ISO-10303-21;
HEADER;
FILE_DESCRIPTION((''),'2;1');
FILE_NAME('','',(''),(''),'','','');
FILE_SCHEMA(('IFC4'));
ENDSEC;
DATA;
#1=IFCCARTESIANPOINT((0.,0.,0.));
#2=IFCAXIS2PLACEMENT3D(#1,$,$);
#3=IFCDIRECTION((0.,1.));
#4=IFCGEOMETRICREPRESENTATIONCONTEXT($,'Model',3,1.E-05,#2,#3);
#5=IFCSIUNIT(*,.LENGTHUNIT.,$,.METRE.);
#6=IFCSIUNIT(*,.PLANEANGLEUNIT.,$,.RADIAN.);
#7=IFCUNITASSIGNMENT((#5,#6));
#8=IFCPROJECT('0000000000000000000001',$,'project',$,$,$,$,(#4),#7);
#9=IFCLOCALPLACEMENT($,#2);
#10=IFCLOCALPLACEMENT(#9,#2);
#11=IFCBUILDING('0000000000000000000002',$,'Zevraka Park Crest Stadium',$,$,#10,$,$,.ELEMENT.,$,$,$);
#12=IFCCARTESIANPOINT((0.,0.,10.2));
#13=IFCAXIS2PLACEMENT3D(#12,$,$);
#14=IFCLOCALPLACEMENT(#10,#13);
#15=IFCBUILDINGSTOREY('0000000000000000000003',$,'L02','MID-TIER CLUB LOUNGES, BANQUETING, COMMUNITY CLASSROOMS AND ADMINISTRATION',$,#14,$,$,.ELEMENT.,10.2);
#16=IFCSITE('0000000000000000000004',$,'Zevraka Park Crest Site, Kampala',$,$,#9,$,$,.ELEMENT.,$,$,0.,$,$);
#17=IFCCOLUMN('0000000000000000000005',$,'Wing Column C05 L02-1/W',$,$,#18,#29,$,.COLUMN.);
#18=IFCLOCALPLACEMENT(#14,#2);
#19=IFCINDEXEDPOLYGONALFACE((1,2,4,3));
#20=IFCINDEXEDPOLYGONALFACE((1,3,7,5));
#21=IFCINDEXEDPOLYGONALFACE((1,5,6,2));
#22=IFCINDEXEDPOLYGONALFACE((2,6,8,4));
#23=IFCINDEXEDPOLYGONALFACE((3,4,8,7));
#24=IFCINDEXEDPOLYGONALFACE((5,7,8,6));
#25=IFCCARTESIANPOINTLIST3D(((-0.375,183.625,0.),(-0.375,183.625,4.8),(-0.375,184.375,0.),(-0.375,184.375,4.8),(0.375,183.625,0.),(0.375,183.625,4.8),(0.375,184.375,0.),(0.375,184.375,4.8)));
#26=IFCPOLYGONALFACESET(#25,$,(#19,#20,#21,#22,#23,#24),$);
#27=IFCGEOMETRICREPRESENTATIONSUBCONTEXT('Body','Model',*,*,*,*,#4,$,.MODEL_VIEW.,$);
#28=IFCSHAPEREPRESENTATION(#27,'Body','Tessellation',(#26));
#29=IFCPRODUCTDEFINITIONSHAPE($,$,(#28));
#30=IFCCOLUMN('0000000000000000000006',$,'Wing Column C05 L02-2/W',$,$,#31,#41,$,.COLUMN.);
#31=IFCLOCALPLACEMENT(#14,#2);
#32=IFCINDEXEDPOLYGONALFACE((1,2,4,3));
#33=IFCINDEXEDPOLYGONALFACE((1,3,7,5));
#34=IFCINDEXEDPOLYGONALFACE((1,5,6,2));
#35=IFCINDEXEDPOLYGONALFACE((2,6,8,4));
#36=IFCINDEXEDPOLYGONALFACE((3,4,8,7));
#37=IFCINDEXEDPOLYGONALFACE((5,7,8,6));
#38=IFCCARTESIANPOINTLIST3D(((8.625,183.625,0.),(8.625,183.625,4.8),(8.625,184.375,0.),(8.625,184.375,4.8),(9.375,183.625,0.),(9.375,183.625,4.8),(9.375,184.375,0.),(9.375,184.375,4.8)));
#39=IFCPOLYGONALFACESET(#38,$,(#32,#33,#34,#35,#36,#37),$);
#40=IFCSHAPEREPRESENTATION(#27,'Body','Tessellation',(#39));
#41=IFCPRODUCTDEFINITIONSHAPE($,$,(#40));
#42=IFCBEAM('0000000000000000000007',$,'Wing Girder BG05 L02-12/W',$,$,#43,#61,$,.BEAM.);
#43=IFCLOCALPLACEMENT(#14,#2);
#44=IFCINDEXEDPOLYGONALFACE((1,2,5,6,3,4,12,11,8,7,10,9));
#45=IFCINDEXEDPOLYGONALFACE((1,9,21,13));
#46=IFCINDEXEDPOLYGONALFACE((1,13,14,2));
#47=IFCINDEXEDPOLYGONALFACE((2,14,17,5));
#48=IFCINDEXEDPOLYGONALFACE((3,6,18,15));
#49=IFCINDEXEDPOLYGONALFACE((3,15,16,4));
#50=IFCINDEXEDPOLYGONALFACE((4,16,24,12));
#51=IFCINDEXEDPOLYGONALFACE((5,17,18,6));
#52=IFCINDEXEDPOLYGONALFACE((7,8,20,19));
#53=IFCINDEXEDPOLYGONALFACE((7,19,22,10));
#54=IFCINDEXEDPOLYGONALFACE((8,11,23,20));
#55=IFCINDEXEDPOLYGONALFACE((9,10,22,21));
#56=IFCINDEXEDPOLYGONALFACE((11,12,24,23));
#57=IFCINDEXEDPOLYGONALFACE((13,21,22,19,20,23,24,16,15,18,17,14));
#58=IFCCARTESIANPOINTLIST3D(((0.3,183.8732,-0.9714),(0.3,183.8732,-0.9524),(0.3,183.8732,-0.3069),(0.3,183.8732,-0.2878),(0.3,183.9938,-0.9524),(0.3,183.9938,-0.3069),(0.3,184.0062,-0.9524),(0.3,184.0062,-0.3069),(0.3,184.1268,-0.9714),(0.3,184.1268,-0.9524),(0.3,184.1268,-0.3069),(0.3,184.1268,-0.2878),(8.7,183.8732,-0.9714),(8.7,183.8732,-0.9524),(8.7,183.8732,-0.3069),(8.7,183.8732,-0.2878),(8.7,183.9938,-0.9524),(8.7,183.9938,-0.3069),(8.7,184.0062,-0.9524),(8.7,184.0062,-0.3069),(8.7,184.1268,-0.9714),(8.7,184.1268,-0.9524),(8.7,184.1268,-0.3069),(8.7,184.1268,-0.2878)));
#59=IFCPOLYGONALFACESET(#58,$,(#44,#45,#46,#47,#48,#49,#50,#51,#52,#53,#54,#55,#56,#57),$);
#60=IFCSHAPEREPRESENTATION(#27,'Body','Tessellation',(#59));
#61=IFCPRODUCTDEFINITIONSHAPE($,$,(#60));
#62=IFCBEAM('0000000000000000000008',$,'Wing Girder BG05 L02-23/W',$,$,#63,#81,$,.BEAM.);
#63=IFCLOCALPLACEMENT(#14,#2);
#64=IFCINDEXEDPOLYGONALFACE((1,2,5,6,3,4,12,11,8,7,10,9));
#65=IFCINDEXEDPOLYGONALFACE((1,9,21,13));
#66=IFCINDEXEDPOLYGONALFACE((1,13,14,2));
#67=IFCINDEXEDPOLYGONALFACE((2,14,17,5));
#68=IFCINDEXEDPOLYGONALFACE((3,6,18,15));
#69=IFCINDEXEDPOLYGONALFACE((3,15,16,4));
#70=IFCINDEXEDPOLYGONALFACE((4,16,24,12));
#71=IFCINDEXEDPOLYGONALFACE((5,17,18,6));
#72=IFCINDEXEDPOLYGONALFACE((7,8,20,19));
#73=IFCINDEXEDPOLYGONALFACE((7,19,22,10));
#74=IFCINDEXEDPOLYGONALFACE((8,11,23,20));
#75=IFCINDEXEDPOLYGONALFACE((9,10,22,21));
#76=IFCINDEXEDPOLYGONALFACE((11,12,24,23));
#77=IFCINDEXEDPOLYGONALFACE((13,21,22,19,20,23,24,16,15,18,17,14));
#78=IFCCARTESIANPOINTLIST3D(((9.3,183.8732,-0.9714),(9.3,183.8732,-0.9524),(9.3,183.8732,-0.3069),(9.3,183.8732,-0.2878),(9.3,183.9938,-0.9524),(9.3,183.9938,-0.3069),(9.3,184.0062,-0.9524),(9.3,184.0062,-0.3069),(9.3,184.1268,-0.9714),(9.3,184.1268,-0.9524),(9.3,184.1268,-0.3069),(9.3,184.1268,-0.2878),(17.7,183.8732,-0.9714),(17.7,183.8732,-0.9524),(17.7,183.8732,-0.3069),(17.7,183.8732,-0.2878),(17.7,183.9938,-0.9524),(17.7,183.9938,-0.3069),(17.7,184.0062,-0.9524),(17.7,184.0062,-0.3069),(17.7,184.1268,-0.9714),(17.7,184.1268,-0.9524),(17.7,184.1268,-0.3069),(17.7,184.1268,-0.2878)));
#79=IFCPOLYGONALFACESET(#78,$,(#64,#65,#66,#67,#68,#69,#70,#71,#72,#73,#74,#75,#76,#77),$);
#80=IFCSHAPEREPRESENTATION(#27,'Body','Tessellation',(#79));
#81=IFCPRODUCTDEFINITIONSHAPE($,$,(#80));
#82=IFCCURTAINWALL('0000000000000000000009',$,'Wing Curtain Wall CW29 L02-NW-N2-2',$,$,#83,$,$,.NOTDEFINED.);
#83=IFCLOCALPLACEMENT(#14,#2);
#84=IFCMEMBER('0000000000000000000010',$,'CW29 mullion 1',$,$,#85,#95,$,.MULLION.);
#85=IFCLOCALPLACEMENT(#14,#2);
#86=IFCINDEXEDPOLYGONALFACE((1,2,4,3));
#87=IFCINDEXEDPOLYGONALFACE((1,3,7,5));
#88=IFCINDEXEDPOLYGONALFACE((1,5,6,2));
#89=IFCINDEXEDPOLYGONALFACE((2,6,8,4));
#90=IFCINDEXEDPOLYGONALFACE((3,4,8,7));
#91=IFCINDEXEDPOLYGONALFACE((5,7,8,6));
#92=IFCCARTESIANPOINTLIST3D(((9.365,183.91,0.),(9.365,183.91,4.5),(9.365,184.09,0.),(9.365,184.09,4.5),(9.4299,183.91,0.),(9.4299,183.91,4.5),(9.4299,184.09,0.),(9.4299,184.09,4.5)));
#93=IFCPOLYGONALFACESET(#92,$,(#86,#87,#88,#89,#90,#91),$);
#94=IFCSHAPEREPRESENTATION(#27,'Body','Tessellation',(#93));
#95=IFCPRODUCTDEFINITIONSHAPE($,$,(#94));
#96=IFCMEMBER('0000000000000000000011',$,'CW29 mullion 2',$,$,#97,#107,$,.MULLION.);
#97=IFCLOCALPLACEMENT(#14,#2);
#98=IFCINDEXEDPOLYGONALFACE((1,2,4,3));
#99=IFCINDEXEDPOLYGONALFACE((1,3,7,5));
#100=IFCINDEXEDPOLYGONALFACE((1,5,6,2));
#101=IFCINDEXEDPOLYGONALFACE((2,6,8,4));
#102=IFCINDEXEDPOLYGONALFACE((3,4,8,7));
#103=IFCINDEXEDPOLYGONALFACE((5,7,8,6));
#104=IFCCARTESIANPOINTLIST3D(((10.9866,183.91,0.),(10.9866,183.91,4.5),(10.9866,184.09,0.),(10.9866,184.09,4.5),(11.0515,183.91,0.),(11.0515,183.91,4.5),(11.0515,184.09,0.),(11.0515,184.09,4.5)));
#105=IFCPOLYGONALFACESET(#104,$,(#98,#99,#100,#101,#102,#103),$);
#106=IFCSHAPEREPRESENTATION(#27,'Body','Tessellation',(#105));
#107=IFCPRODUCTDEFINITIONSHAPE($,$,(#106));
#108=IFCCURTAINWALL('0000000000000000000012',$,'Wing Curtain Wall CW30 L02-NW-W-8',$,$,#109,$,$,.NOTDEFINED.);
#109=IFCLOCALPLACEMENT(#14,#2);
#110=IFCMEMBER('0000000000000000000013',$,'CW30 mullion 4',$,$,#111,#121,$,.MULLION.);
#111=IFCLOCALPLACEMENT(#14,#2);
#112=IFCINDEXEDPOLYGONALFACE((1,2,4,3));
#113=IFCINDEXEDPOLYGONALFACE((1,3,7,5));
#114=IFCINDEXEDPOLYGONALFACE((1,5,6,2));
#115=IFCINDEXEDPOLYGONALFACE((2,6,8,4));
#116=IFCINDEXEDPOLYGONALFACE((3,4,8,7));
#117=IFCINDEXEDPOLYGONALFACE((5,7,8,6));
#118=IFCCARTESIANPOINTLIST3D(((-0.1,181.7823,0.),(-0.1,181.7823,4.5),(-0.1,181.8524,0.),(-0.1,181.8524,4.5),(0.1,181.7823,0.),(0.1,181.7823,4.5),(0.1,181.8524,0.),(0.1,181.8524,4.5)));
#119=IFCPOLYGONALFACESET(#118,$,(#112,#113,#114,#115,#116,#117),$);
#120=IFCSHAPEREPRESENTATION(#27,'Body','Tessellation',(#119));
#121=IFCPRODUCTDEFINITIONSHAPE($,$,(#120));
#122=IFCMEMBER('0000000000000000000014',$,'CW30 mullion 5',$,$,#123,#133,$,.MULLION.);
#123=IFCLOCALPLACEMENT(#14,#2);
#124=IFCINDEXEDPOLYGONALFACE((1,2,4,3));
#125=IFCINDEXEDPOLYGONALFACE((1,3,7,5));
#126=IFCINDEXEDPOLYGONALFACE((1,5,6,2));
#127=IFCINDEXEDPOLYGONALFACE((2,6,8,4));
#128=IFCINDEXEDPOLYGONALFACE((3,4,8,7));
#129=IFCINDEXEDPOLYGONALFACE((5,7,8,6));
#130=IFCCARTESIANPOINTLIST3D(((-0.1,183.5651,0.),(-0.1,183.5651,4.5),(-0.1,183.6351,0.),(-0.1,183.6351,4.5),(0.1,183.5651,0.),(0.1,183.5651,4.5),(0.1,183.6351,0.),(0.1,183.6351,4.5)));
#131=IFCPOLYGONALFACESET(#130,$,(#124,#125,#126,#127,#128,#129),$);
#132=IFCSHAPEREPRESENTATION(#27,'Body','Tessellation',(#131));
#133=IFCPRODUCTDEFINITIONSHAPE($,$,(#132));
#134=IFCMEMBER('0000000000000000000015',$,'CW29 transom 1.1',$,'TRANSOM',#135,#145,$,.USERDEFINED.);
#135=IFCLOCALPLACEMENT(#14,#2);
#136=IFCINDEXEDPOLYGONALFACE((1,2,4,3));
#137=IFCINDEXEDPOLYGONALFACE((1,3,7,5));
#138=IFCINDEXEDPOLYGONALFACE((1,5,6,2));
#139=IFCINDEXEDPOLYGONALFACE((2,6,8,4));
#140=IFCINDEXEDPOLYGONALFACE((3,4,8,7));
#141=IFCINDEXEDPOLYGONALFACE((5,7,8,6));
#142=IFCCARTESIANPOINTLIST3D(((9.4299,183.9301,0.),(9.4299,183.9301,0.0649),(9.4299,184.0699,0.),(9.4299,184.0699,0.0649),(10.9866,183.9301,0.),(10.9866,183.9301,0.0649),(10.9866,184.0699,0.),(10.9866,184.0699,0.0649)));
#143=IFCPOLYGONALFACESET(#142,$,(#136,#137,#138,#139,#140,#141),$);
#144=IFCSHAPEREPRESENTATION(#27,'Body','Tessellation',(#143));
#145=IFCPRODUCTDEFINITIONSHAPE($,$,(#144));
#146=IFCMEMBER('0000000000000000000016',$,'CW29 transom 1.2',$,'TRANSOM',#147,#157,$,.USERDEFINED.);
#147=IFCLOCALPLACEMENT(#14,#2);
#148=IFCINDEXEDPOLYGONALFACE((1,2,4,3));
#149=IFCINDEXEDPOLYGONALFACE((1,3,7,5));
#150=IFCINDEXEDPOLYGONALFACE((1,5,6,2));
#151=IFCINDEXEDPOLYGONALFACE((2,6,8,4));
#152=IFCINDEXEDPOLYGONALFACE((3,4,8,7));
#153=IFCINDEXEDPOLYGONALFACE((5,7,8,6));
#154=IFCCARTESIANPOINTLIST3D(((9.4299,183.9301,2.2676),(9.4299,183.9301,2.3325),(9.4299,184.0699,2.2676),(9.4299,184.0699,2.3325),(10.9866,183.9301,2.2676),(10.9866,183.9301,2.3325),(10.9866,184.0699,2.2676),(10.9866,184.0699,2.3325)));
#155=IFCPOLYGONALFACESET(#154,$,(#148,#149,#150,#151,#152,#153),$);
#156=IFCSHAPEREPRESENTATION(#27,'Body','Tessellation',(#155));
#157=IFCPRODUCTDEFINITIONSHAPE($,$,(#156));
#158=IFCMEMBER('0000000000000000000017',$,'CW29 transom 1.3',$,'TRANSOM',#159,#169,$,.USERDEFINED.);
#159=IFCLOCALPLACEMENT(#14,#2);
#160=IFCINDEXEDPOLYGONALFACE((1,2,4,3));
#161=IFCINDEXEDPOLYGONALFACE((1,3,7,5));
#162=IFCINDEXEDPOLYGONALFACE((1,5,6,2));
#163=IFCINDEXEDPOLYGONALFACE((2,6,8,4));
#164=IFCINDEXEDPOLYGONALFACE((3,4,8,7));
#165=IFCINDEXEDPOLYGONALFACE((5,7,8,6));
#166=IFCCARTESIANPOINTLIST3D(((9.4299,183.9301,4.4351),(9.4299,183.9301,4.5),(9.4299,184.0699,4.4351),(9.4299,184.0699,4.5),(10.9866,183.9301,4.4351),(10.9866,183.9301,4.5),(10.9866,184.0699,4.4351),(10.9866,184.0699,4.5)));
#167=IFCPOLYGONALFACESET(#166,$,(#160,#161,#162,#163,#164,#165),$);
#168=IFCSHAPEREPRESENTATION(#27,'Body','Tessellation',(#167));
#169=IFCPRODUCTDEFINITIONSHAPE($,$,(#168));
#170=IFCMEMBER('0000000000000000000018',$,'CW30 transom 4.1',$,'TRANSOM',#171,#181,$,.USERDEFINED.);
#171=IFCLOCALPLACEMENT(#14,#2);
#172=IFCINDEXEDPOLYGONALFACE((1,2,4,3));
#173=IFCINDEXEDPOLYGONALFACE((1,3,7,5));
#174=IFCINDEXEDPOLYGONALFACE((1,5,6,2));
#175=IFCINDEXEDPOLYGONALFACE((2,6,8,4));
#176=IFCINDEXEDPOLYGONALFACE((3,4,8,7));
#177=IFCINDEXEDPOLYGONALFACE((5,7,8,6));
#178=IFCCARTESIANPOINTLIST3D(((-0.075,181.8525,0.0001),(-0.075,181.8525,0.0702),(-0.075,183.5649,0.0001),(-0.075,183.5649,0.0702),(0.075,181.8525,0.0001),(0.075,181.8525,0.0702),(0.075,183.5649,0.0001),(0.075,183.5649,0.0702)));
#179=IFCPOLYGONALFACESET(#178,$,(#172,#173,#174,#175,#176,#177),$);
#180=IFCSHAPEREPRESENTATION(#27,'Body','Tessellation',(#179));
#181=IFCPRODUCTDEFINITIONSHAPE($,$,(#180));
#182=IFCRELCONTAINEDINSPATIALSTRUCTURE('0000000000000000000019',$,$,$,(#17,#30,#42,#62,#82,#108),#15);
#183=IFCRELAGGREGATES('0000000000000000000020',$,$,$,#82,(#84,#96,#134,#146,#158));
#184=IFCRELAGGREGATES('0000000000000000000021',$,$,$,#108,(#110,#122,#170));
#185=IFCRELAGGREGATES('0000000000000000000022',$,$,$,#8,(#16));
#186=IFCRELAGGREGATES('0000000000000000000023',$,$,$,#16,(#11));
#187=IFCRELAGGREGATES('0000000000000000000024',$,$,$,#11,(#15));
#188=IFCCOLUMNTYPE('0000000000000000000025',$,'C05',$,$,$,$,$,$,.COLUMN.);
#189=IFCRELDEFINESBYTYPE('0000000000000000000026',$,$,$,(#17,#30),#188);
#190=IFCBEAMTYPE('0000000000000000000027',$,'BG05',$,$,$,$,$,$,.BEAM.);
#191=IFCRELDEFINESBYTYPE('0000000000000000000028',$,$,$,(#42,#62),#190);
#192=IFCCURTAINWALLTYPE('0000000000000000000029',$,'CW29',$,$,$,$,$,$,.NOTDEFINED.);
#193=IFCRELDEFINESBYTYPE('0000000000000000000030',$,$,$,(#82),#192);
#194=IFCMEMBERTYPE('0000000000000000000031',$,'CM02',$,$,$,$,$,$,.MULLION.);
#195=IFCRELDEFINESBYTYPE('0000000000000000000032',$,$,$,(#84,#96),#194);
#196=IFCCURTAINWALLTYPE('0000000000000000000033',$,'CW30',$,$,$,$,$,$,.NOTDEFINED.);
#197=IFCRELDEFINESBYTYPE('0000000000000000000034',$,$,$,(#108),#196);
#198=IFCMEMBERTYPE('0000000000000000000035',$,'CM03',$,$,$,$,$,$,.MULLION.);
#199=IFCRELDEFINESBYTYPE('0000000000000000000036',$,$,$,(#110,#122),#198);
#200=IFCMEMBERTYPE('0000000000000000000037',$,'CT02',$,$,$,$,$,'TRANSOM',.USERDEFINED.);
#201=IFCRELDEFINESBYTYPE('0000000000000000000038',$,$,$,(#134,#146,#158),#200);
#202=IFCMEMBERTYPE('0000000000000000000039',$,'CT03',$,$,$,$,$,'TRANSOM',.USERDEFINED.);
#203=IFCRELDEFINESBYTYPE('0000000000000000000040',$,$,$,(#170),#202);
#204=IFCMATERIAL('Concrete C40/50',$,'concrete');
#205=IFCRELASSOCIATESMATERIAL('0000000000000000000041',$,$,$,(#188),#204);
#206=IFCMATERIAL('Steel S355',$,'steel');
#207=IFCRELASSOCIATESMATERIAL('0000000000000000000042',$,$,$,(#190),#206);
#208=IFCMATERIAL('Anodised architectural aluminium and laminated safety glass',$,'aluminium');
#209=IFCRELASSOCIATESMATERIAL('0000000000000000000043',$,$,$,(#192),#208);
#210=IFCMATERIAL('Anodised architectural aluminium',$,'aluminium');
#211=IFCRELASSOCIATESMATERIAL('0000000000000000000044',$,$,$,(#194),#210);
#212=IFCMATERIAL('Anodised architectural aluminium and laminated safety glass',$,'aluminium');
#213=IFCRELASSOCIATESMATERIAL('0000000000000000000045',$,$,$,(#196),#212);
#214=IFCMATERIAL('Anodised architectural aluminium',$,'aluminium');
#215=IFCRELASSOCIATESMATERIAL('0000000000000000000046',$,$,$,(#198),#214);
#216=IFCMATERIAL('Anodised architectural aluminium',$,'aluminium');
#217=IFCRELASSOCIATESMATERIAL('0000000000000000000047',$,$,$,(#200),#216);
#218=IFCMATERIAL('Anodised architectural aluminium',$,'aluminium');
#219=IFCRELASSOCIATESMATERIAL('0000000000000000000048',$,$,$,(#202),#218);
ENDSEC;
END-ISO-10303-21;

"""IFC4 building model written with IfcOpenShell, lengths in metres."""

from ifc_helpers import new_model, si_unit, direction, frame, origin, origin_2d, place, context, subcontext, project, spatial, rectangle, i_section, extrude, material, material_profile, profile_set, type_object, element, aggregate, save


model = new_model("IFC4")

# Units and contexts
model_context = context("Model", 3, precision=1e-05, world=origin(), true_north=direction((0.0, 1.0)))
body_context = subcontext(model_context, "Body", "Model", "MODEL_VIEW")
ifc_project = project(units=[si_unit("LENGTHUNIT", "METRE"), si_unit("PLANEANGLEUNIT", "RADIAN")], contexts=[model_context])

# Site, building, storey
site_placement = place(None, origin())
site = spatial("IfcSite", under=ifc_project, at=site_placement, Name="Zevraka Park Crest Site, Kampala", CompositionType="ELEMENT", RefElevation=0.0)
building_placement = place(site_placement, origin())
building = spatial("IfcBuilding", under=site, at=building_placement, Name="Zevraka Park Crest Stadium", CompositionType="ELEMENT")
storey_placement = place(building_placement, frame((0.0, 0.0, 10.2)))
storey = spatial("IfcBuildingStorey", under=building, at=storey_placement, Name="L02", Description="MID-TIER CLUB LOUNGES, BANQUETING, COMMUNITY CLASSROOMS AND ADMINISTRATION", CompositionType="ELEMENT", Elevation=10.2)

# Columns
ifc_material_1 = material(Name="Concrete C40/50", Category="concrete")
ifc_material_profile_1 = material_profile(ifc_material_1, rectangle(XDim=0.75, YDim=0.75, at=origin_2d()), Name="RC 750x750")
ifc_profile_set_1 = profile_set([ifc_material_profile_1], Name="Concrete C40/50")
column_type = type_object("IfcColumnType", Name="C05", PredefinedType="COLUMN", material=ifc_profile_set_1)
for number, where, z_axis, x_axis, name in (
    (1, (0.0, 184.0, 0.0), (0.0, 0.0, 1.0), (1.0, 0.0, 0.0), "Wing Column C05 L02-1/W"),
    (2, (9.0, 184.0, 0.0), (0.0, 0.0, 1.0), (1.0, 0.0, 0.0), "Wing Column C05 L02-2/W"),
):
    element("IfcColumn", number, at=place(storey_placement, frame(where, z_axis=z_axis, x_axis=x_axis)), inside=storey, type_object=column_type, Name=name, PredefinedType="COLUMN", context=body_context, shape_type="SweptSolid", body=[
        extrude(rectangle(XDim=0.75, YDim=0.75, at=origin_2d()), origin(), (0.0, 0.0, 1.0), 4.8),
    ])

# Beams
ifc_material_2 = material(Name="Steel S355", Category="steel")
ifc_material_profile_2 = material_profile(ifc_material_2, i_section(OverallWidth=0.2537, OverallDepth=0.6836, WebThickness=0.0125, FlangeThickness=0.019, at=origin_2d()), Name="UKB 686x254x140")
ifc_profile_set_2 = profile_set([ifc_material_profile_2], Name="Steel S355")
beam_type = type_object("IfcBeamType", Name="BG05", PredefinedType="BEAM", material=ifc_profile_set_2)
for number, where, z_axis, x_axis, name in (
    (3, (0.3, 184.0, -0.6296), (1.0, 0.0, 0.0), (0.0, 1.0, 0.0), "Wing Girder BG05 L02-12/W"),
    (4, (9.3, 184.0, -0.6296), (1.0, 0.0, 0.0), (0.0, 1.0, 0.0), "Wing Girder BG05 L02-23/W"),
):
    element("IfcBeam", number, at=place(storey_placement, frame(where, z_axis=z_axis, x_axis=x_axis)), inside=storey, type_object=beam_type, Name=name, PredefinedType="BEAM", context=body_context, shape_type="SweptSolid", body=[
        extrude(i_section(OverallWidth=0.2537, OverallDepth=0.6836, WebThickness=0.0125, FlangeThickness=0.019, at=origin_2d()), origin(), (0.0, 0.0, 1.0), 8.3999),
    ])

# Curtain walls, members
ifc_material_3 = material(Name="Anodised architectural aluminium and laminated safety glass", Category="aluminium")
curtain_wall_type_1 = type_object("IfcCurtainWallType", Name="CW29", PredefinedType="NOTDEFINED", material=ifc_material_3)
curtain_wall_1_placement = place(storey_placement, origin())
curtain_wall_1 = element("IfcCurtainWall", 5, at=curtain_wall_1_placement, inside=storey, type_object=curtain_wall_type_1, Name="Wing Curtain Wall CW29 L02-NW-N2-2", PredefinedType="NOTDEFINED")
ifc_material_4 = material(Name="Anodised architectural aluminium", Category="aluminium")
ifc_material_profile_3 = material_profile(ifc_material_4, rectangle(XDim=0.1799, YDim=0.0649, at=origin_2d()), Name="ALU MULLION 180x65")
ifc_profile_set_3 = profile_set([ifc_material_profile_3], Name="Anodised architectural aluminium")
member_type_1 = type_object("IfcMemberType", Name="CM02", PredefinedType="MULLION", material=ifc_profile_set_3)
member_1_placement = place(storey_placement, frame((9.3975, 184.0, 0.0), z_axis=(0.0, 0.0, 1.0), x_axis=(0.0, 1.0, 0.0)))
member_1 = element("IfcMember", 6, at=member_1_placement, type_object=member_type_1, Name="CW29 mullion 1", PredefinedType="MULLION", context=body_context, shape_type="SweptSolid", body=[
    extrude(rectangle(XDim=0.1799, YDim=0.0649, at=origin_2d()), origin(), (0.0, 0.0, 1.0), 4.5),
])
member_2_placement = place(storey_placement, frame((11.019, 184.0, 0.0), z_axis=(0.0, 0.0, 1.0), x_axis=(0.0, 1.0, 0.0)))
member_2 = element("IfcMember", 7, at=member_2_placement, type_object=member_type_1, Name="CW29 mullion 2", PredefinedType="MULLION", context=body_context, shape_type="SweptSolid", body=[
    extrude(rectangle(XDim=0.1799, YDim=0.0649, at=origin_2d()), origin(), (0.0, 0.0, 1.0), 4.5),
])
ifc_material_5 = material(Name="Anodised architectural aluminium and laminated safety glass", Category="aluminium")
curtain_wall_type_2 = type_object("IfcCurtainWallType", Name="CW30", PredefinedType="NOTDEFINED", material=ifc_material_5)
curtain_wall_2_placement = place(storey_placement, origin())
curtain_wall_2 = element("IfcCurtainWall", 8, at=curtain_wall_2_placement, inside=storey, type_object=curtain_wall_type_2, Name="Wing Curtain Wall CW30 L02-NW-W-8", PredefinedType="NOTDEFINED")
ifc_material_6 = material(Name="Anodised architectural aluminium", Category="aluminium")
ifc_material_profile_4 = material_profile(ifc_material_6, rectangle(XDim=0.2, YDim=0.0701, at=origin_2d()), Name="ALU MULLION 200x70")
ifc_profile_set_4 = profile_set([ifc_material_profile_4], Name="Anodised architectural aluminium")
member_type_2 = type_object("IfcMemberType", Name="CM03", PredefinedType="MULLION", material=ifc_profile_set_4)
member_3_placement = place(storey_placement, frame((0.0, 181.8174, 0.0), z_axis=(0.0, 0.0, 1.0), x_axis=(-1.0, 0.0, 0.0)))
member_3 = element("IfcMember", 9, at=member_3_placement, type_object=member_type_2, Name="CW30 mullion 4", PredefinedType="MULLION", context=body_context, shape_type="SweptSolid", body=[
    extrude(rectangle(XDim=0.2, YDim=0.0701, at=origin_2d()), origin(), (0.0, 0.0, 1.0), 4.5),
])
member_4_placement = place(storey_placement, frame((0.0, 183.6001, 0.0), z_axis=(0.0, 0.0, 1.0), x_axis=(-1.0, 0.0, 0.0)))
member_4 = element("IfcMember", 10, at=member_4_placement, type_object=member_type_2, Name="CW30 mullion 5", PredefinedType="MULLION", context=body_context, shape_type="SweptSolid", body=[
    extrude(rectangle(XDim=0.2, YDim=0.0701, at=origin_2d()), origin(), (0.0, 0.0, 1.0), 4.5),
])

# Members
ifc_material_7 = material(Name="Anodised architectural aluminium", Category="aluminium")
ifc_material_profile_5 = material_profile(ifc_material_7, rectangle(XDim=0.1399, YDim=0.0649, at=origin_2d()), Name="ALU TRANSOM 140x65")
ifc_profile_set_5 = profile_set([ifc_material_profile_5], Name="Anodised architectural aluminium")
member_type_3 = type_object("IfcMemberType", Name="CT02", ElementType="TRANSOM", PredefinedType="USERDEFINED", material=ifc_profile_set_5)
member_5_placement = place(storey_placement, frame((9.4299, 184.0, 0.0325), z_axis=(1.0, 0.0, 0.0), x_axis=(0.0, 1.0, 0.0)))
member_5 = element("IfcMember", 11, at=member_5_placement, type_object=member_type_3, Name="CW29 transom 1.1", ObjectType="TRANSOM", PredefinedType="USERDEFINED", context=body_context, shape_type="SweptSolid", body=[
    extrude(rectangle(XDim=0.1399, YDim=0.0649, at=origin_2d()), origin(), (0.0, 0.0, 1.0), 1.5566),
])
member_6_placement = place(storey_placement, frame((9.4299, 184.0, 2.3), z_axis=(1.0, 0.0, 0.0), x_axis=(0.0, 1.0, 0.0)))
member_6 = element("IfcMember", 12, at=member_6_placement, type_object=member_type_3, Name="CW29 transom 1.2", ObjectType="TRANSOM", PredefinedType="USERDEFINED", context=body_context, shape_type="SweptSolid", body=[
    extrude(rectangle(XDim=0.1399, YDim=0.0649, at=origin_2d()), origin(), (0.0, 0.0, 1.0), 1.5566),
])
member_7_placement = place(storey_placement, frame((9.4299, 184.0, 4.4675), z_axis=(1.0, 0.0, 0.0), x_axis=(0.0, 1.0, 0.0)))
member_7 = element("IfcMember", 13, at=member_7_placement, type_object=member_type_3, Name="CW29 transom 1.3", ObjectType="TRANSOM", PredefinedType="USERDEFINED", context=body_context, shape_type="SweptSolid", body=[
    extrude(rectangle(XDim=0.1399, YDim=0.0649, at=origin_2d()), origin(), (0.0, 0.0, 1.0), 1.5566),
])
ifc_material_8 = material(Name="Anodised architectural aluminium", Category="aluminium")
ifc_material_profile_6 = material_profile(ifc_material_8, rectangle(XDim=0.1499, YDim=0.0701, at=origin_2d()), Name="ALU TRANSOM 150x70")
ifc_profile_set_6 = profile_set([ifc_material_profile_6], Name="Anodised architectural aluminium")
member_type_4 = type_object("IfcMemberType", Name="CT03", ElementType="TRANSOM", PredefinedType="USERDEFINED", material=ifc_profile_set_6)
member_8_placement = place(storey_placement, frame((0.0, 181.8525, 0.0352), z_axis=(0.0, 1.0, 0.0), x_axis=(-1.0, 0.0, 0.0)))
member_8 = element("IfcMember", 14, at=member_8_placement, type_object=member_type_4, Name="CW30 transom 4.1", ObjectType="TRANSOM", PredefinedType="USERDEFINED", context=body_context, shape_type="SweptSolid", body=[
    extrude(rectangle(XDim=0.1499, YDim=0.0701, at=origin_2d()), origin(), (0.0, 0.0, 1.0), 1.7124),
])

aggregate(curtain_wall_1, [member_1, member_2, member_5, member_6, member_7])
aggregate(curtain_wall_2, [member_3, member_4, member_8])

save(model, "model.ifc")
